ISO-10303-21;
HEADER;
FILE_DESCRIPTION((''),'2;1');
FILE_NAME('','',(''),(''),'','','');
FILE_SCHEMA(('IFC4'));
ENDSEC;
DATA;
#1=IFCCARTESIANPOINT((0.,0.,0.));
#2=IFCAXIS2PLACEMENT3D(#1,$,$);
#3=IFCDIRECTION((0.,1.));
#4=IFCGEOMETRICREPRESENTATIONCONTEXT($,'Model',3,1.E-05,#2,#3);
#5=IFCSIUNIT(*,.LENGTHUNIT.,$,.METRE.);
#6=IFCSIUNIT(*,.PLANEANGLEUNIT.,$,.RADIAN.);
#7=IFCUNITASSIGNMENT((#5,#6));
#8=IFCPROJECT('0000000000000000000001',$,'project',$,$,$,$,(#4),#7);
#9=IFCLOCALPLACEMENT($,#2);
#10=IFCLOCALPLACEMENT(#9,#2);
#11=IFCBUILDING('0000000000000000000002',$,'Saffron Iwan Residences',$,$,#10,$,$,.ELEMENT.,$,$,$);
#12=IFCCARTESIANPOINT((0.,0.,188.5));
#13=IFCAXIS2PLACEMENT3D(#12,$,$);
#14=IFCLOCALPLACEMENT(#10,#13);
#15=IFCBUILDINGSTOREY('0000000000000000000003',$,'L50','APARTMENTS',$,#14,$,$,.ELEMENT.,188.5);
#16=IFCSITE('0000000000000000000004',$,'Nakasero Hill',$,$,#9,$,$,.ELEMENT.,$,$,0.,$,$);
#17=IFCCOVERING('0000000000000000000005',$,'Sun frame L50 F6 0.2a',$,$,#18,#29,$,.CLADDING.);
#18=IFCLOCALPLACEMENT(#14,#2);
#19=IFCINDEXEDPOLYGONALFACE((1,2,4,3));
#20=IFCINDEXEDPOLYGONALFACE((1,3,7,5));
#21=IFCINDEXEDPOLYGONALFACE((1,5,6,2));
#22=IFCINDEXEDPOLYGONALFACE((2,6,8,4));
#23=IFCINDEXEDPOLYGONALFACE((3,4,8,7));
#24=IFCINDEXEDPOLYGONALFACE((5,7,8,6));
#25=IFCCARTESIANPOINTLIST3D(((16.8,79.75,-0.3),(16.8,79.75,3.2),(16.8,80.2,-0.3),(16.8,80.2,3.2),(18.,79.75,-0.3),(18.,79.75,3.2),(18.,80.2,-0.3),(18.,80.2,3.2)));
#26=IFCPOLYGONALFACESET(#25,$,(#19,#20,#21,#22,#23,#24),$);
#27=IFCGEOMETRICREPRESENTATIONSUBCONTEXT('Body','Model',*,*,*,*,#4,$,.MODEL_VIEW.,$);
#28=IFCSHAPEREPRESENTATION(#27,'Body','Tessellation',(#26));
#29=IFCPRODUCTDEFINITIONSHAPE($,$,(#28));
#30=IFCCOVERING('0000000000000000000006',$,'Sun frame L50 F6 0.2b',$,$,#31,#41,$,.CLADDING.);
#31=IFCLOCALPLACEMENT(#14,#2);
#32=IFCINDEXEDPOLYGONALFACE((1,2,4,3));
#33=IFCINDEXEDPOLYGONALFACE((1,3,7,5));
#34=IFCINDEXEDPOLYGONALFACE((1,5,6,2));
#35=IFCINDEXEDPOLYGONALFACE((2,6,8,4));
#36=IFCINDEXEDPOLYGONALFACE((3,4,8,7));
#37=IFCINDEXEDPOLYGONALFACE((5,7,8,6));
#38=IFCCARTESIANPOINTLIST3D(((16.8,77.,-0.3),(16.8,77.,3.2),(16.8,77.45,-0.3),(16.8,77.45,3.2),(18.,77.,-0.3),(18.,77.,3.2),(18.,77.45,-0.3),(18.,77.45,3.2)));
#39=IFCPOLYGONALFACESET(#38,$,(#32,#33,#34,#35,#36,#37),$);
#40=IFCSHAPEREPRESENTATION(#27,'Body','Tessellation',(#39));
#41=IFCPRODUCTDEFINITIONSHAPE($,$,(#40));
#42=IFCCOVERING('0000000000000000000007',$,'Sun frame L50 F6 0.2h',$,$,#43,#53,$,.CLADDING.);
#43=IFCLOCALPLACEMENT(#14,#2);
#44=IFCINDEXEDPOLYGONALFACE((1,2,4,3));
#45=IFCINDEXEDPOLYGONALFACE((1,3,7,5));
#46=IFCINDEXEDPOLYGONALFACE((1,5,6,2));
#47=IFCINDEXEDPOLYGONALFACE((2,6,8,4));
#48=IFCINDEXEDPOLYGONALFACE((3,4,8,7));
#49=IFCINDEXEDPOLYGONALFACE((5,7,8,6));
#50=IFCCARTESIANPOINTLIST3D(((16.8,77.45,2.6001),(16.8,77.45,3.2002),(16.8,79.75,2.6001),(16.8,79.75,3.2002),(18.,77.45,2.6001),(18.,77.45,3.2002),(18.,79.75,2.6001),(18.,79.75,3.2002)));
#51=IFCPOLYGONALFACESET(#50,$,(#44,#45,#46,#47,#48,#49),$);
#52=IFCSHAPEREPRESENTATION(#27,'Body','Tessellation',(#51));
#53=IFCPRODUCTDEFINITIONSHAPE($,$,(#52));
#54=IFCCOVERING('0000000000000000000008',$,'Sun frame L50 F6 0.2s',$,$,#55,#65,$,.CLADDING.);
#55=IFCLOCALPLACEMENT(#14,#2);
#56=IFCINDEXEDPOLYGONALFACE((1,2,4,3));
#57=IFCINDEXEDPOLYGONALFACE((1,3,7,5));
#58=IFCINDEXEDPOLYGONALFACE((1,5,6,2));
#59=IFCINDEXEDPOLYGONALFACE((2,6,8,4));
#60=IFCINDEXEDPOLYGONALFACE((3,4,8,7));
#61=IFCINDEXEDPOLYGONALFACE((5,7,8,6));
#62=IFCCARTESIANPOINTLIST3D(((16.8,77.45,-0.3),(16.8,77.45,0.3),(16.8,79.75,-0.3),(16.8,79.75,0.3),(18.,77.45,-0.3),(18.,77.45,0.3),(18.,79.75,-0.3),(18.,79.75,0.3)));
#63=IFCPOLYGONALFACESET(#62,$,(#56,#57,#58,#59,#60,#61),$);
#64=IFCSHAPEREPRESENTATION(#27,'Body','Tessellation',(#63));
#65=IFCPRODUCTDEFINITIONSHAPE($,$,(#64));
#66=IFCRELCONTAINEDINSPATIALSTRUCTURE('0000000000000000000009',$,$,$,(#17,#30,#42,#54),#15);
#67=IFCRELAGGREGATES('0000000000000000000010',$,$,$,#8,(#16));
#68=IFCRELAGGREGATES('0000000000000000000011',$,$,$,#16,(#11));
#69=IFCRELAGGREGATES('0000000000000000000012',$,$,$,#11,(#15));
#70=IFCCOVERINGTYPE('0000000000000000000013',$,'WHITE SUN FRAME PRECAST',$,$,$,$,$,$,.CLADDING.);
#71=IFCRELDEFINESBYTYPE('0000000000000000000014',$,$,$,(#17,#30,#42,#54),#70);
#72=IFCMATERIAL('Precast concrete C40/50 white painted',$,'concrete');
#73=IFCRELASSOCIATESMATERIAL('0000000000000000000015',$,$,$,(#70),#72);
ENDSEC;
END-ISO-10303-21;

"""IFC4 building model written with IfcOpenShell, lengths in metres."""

from ifc_helpers import new_model, si_unit, direction, frame, origin, place, context, subcontext, project, spatial, polyline, outline, extrude, material, type_object, element, save


model = new_model("IFC4")

# Units and contexts
model_context = context("Model", 3, precision=1e-05, world=origin(), true_north=direction((0.0, 1.0)))
body_context = subcontext(model_context, "Body", "Model", "MODEL_VIEW")
ifc_project = project(units=[si_unit("LENGTHUNIT", "METRE"), si_unit("PLANEANGLEUNIT", "RADIAN")], contexts=[model_context])

# Site, building, storey
site_placement = place(None, origin())
site = spatial("IfcSite", under=ifc_project, at=site_placement, Name="Nakasero Hill", CompositionType="ELEMENT", RefElevation=0.0)
building_placement = place(site_placement, origin())
building = spatial("IfcBuilding", under=site, at=building_placement, Name="Saffron Iwan Residences", CompositionType="ELEMENT")
storey_placement = place(building_placement, frame((0.0, 0.0, 188.5)))
storey = spatial("IfcBuildingStorey", under=building, at=storey_placement, Name="L50", Description="APARTMENTS", CompositionType="ELEMENT", Elevation=188.5)

# Coverings
ifc_material_1 = material(Name="Precast concrete C40/50 white painted", Category="concrete")
covering_type_1 = type_object("IfcCoveringType", Name="WHITE SUN FRAME PRECAST", PredefinedType="CLADDING", material=ifc_material_1)
for number, where, z_axis, x_axis, name in (
    (1, (18.0, 80.2, -0.3), (-1.0, 0.0, 0.0), (0.0, -1.0, 0.0), "Sun frame L50 F6 0.2a"),
    (2, (18.0, 77.45, -0.3), (-1.0, 0.0, 0.0), (0.0, -1.0, 0.0), "Sun frame L50 F6 0.2b"),
):
    element("IfcCovering", number, at=place(storey_placement, frame(where, z_axis=z_axis, x_axis=x_axis)), inside=storey, type_object=covering_type_1, Name=name, PredefinedType="CLADDING", context=body_context, shape_type="SweptSolid", body=[
        extrude(outline(polyline([(0.0, 0.0), (0.45, 0.0), (0.45, 3.5), (0.0, 3.5), (0.0, 0.0)])), origin(), (0.0, 0.0, 1.0), 1.2),
    ])
for number, where, z_axis, x_axis, name in (
    (3, (18.0, 79.75, 2.6001), (-1.0, 0.0, 0.0), (0.0, -1.0, 0.0), "Sun frame L50 F6 0.2h"),
    (4, (18.0, 79.75, -0.3), (-1.0, 0.0, 0.0), (0.0, -1.0, 0.0), "Sun frame L50 F6 0.2s"),
):
    element("IfcCovering", number, at=place(storey_placement, frame(where, z_axis=z_axis, x_axis=x_axis)), inside=storey, type_object=covering_type_1, Name=name, PredefinedType="CLADDING", context=body_context, shape_type="SweptSolid", body=[
        extrude(outline(polyline([(0.0, 0.0), (2.3, 0.0), (2.3, 0.6001), (0.0, 0.6001), (0.0, 0.0)])), origin(), (0.0, 0.0, 1.0), 1.2),
    ])

save(model, "model.ifc")
